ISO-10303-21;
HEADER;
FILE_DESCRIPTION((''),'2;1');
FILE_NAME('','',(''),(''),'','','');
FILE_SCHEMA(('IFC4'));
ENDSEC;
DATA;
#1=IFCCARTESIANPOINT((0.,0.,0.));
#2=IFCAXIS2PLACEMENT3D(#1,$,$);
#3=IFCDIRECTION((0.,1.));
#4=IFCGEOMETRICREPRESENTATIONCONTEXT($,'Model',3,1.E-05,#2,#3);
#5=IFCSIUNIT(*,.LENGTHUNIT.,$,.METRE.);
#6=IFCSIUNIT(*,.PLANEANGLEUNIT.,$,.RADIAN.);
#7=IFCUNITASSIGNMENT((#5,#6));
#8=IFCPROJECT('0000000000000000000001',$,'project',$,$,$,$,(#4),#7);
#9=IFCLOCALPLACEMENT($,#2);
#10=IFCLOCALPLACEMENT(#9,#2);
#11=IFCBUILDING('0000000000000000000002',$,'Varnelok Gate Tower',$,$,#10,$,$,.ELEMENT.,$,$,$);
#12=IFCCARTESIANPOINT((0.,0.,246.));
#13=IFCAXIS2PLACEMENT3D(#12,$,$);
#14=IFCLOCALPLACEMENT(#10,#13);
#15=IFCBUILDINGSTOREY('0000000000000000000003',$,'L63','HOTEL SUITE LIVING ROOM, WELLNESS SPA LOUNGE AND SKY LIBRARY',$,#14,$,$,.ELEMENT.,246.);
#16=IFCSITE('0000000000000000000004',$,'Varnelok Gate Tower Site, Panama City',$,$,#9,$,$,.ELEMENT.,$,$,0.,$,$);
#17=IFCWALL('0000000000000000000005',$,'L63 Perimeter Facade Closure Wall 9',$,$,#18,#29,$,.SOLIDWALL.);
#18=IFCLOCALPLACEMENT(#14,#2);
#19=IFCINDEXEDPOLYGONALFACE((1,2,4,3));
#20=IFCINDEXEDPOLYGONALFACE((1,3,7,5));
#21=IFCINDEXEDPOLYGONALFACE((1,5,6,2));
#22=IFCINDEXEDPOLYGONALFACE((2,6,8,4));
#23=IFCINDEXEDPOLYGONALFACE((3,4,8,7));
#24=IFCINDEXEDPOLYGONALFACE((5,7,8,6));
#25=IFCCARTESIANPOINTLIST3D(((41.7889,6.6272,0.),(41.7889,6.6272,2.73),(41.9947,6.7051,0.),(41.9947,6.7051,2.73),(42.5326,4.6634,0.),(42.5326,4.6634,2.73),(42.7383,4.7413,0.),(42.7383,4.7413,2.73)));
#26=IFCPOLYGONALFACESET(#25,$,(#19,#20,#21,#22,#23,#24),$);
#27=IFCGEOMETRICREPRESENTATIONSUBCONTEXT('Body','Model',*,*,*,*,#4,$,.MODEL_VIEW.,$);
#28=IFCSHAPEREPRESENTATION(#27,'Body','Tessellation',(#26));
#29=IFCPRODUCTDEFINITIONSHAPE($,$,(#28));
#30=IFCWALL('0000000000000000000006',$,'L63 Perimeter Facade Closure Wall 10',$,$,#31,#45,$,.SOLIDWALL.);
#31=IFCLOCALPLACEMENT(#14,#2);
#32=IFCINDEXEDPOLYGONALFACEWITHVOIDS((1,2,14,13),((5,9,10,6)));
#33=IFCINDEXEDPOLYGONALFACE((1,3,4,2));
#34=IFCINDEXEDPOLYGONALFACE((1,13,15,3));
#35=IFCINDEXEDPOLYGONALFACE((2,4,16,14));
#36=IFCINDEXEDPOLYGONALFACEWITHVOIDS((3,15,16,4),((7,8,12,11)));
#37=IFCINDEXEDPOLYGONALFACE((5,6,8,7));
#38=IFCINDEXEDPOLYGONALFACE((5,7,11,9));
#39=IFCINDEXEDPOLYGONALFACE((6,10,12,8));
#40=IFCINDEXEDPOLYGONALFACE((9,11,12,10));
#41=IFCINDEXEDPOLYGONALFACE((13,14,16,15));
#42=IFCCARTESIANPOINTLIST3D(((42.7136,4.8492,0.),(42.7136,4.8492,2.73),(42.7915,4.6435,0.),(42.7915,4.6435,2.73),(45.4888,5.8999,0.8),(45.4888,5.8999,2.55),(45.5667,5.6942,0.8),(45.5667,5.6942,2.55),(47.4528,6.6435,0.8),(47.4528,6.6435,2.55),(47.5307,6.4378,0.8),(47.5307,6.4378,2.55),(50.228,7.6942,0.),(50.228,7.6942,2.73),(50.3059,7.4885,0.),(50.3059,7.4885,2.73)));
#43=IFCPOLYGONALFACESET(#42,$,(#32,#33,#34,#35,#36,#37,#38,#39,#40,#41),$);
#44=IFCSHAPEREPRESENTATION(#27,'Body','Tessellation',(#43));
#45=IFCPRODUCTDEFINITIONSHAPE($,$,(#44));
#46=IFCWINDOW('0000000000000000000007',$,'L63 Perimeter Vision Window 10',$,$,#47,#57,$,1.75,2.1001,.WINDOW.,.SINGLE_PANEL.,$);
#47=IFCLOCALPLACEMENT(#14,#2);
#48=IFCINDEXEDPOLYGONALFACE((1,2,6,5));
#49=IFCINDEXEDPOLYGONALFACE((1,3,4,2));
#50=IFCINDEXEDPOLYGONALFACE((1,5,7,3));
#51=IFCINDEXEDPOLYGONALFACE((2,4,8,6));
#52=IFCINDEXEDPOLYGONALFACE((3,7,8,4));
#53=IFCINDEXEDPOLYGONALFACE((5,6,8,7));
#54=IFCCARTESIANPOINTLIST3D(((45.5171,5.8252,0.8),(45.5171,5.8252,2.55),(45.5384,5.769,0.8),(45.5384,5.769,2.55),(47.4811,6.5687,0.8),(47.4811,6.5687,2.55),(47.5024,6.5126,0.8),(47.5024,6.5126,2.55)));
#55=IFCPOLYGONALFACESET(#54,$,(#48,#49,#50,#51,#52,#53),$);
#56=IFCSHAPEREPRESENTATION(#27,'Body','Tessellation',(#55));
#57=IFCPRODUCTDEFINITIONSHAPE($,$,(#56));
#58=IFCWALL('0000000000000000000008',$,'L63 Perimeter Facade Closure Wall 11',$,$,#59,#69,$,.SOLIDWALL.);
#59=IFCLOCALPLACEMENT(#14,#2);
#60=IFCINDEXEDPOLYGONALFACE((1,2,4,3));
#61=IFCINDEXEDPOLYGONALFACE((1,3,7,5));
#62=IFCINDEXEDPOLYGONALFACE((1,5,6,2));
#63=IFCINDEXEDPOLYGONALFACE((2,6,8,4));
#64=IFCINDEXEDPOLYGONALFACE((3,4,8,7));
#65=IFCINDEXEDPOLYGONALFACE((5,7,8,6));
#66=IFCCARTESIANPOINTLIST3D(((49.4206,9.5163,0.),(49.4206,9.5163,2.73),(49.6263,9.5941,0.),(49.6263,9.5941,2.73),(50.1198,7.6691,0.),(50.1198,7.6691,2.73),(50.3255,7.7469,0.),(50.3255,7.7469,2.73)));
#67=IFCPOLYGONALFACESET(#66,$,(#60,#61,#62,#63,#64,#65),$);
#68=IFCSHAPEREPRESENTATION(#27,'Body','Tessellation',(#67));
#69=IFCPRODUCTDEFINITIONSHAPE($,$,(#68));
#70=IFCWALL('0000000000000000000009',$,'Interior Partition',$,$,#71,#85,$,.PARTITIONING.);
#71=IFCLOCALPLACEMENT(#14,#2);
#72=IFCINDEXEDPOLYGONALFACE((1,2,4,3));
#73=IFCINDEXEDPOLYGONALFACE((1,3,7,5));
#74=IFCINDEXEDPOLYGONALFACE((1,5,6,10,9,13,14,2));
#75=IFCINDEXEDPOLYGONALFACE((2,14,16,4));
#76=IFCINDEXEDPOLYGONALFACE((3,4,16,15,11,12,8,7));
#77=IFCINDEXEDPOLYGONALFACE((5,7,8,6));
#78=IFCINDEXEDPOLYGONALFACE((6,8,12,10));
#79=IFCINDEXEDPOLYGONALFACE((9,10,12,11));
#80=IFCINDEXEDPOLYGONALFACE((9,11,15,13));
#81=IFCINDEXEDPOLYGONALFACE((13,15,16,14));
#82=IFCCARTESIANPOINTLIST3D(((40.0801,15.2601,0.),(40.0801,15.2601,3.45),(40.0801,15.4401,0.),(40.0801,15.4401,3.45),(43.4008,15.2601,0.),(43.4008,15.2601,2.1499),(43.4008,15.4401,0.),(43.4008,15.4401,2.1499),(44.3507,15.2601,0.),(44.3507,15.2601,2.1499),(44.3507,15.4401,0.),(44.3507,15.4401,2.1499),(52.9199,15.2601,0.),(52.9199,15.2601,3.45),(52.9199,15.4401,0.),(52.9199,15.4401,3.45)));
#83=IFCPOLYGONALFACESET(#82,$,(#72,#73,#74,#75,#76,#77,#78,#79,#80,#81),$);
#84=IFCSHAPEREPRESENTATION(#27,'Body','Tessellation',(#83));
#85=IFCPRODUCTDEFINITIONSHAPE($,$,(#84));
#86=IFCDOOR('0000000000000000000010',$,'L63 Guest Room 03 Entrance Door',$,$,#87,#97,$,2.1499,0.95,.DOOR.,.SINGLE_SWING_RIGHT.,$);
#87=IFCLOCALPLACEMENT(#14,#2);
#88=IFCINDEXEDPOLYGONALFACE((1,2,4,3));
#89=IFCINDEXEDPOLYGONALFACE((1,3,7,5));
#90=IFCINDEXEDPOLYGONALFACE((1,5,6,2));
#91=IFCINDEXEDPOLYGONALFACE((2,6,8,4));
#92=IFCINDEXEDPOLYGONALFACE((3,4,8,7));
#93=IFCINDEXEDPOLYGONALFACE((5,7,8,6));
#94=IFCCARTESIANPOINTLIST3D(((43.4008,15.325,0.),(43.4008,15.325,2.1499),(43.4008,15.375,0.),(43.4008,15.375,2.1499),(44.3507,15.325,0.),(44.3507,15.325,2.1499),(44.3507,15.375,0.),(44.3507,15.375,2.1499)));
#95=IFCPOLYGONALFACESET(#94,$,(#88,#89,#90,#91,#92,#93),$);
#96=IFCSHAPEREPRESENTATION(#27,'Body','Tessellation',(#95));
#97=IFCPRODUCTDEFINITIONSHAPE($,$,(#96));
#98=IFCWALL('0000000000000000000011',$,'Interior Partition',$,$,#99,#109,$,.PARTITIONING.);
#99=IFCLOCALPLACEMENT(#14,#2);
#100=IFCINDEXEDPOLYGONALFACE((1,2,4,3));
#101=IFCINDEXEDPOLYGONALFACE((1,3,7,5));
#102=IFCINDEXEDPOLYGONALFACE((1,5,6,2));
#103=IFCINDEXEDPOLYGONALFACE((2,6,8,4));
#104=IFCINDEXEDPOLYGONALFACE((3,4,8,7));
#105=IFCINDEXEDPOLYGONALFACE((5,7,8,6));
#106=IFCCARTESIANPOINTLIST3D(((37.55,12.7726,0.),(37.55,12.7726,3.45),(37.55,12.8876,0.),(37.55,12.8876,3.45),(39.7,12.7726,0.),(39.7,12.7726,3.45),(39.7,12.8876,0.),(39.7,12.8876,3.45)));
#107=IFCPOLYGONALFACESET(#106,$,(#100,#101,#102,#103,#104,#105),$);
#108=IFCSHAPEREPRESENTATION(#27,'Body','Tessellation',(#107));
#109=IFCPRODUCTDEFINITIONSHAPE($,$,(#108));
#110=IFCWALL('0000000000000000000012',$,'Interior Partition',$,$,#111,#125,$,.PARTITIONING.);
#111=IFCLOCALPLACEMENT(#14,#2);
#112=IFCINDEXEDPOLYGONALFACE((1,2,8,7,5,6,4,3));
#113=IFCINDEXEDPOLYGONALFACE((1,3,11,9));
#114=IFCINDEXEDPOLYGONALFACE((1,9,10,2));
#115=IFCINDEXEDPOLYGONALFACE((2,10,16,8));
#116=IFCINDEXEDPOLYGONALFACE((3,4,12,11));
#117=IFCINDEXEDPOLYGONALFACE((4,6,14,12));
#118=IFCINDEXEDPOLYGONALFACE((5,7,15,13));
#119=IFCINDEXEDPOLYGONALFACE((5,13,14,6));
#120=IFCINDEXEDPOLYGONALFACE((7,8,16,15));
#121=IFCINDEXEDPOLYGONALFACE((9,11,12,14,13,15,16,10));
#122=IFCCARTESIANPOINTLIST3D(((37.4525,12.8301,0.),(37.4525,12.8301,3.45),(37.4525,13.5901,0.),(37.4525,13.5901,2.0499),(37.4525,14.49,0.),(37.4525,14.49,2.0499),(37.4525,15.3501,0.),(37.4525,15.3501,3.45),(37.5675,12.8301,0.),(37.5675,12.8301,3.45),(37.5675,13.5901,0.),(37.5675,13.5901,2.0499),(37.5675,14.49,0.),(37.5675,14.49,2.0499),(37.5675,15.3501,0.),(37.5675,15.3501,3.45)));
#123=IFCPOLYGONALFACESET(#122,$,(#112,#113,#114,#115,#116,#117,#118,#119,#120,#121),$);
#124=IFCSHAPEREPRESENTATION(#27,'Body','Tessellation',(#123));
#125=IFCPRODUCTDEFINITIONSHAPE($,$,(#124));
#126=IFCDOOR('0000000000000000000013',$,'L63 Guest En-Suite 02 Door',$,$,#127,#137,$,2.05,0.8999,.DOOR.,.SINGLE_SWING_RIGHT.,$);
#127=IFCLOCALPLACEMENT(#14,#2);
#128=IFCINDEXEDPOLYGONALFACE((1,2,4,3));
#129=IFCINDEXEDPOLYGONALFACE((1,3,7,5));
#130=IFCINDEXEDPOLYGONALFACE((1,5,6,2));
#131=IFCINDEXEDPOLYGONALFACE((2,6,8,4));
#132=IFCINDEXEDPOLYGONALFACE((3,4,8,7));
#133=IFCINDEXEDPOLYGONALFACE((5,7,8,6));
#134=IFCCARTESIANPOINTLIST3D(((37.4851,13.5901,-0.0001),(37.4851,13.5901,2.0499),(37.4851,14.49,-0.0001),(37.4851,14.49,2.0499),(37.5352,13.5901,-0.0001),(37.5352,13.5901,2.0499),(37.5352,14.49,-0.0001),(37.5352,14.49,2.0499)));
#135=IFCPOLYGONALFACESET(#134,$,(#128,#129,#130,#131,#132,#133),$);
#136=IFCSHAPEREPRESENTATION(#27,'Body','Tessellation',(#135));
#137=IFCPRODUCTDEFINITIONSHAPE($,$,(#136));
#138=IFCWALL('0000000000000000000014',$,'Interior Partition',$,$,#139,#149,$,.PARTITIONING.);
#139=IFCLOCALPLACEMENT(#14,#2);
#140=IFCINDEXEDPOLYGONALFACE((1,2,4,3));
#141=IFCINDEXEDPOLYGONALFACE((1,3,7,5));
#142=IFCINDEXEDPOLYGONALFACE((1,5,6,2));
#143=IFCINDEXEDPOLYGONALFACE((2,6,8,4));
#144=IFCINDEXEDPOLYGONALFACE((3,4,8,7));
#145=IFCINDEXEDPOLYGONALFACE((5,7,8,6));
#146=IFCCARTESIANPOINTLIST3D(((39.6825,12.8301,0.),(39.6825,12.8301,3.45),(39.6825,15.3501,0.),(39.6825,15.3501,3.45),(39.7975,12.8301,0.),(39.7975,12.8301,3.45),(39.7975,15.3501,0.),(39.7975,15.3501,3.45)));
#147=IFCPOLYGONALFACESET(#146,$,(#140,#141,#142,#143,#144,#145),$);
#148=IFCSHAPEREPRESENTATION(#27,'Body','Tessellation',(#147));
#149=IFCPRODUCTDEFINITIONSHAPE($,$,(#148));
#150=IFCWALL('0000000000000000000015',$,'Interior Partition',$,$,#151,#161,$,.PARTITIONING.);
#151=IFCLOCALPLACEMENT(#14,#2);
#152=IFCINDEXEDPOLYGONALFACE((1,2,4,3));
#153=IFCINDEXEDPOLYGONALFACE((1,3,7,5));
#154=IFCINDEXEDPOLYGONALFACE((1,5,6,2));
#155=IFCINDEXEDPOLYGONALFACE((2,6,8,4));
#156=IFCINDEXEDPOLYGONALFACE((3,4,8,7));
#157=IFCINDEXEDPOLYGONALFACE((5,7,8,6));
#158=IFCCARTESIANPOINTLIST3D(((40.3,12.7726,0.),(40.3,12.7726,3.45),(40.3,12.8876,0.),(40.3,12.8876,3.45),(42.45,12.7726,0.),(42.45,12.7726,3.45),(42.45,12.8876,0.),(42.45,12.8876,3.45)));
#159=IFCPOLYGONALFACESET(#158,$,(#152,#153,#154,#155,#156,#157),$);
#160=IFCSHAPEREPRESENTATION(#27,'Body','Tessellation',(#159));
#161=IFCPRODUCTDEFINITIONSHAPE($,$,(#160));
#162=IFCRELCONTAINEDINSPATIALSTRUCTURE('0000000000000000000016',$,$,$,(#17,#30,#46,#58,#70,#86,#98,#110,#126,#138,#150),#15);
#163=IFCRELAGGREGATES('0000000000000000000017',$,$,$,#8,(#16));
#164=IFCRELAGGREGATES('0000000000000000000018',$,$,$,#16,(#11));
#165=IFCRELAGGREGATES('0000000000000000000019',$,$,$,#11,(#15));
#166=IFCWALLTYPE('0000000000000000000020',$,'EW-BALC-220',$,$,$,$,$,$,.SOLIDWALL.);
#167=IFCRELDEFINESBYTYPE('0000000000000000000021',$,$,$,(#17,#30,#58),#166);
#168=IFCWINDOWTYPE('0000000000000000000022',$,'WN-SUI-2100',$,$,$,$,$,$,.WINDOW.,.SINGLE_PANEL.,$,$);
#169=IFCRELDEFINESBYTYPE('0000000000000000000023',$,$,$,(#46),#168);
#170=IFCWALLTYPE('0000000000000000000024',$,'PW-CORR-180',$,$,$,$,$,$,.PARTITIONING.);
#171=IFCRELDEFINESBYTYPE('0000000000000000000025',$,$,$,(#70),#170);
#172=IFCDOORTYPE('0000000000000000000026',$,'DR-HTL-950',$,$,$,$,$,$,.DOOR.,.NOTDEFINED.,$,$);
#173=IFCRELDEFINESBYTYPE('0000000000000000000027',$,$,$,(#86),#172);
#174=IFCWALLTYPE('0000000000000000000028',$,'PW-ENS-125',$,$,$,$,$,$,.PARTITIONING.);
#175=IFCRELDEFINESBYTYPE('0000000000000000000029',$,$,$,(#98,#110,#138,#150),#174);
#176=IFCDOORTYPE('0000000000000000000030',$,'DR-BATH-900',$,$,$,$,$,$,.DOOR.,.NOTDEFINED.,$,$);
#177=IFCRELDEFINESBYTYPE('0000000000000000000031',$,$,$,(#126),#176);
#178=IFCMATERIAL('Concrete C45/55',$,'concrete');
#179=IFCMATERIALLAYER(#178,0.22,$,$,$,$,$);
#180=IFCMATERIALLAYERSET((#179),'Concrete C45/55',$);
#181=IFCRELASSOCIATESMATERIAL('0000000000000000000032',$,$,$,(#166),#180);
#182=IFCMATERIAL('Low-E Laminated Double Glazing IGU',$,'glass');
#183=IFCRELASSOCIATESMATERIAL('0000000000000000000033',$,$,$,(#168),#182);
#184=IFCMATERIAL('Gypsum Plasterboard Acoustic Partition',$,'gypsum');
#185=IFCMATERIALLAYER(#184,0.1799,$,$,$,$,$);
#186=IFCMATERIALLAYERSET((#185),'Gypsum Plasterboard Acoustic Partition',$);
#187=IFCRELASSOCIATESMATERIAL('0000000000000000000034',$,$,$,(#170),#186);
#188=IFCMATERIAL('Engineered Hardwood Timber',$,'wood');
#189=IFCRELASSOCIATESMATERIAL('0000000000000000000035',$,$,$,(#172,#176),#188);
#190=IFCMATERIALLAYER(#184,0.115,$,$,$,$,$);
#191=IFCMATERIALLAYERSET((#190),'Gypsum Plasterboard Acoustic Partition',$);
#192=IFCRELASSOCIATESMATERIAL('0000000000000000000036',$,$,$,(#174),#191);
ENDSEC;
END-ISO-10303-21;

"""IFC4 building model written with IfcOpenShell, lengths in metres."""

from ifc_helpers import new_model, si_unit, direction, frame, frame_2d, origin, place, context, subcontext, project, spatial, rectangle, extrude, material, layer, layer_set, type_object, element, fill, save


model = new_model("IFC4")

# Units and contexts
model_context = context("Model", 3, precision=1e-05, world=origin(), true_north=direction((0.0, 1.0)))
body_context = subcontext(model_context, "Body", "Model", "MODEL_VIEW")
ifc_project = project(units=[si_unit("LENGTHUNIT", "METRE"), si_unit("PLANEANGLEUNIT", "RADIAN")], contexts=[model_context])

# Site, building, storey
site_placement = place(None, origin())
site = spatial("IfcSite", under=ifc_project, at=site_placement, Name="Varnelok Gate Tower Site, Panama City", CompositionType="ELEMENT", RefElevation=0.0)
building_placement = place(site_placement, origin())
building = spatial("IfcBuilding", under=site, at=building_placement, Name="Varnelok Gate Tower", CompositionType="ELEMENT")
storey_placement = place(building_placement, frame((0.0, 0.0, 246.0)))
storey = spatial("IfcBuildingStorey", under=building, at=storey_placement, Name="L63", Description="HOTEL SUITE LIVING ROOM, WELLNESS SPA LOUNGE AND SKY LIBRARY", CompositionType="ELEMENT", Elevation=246.0)

# Shared definitions
ifc_material_1 = material(Name="Concrete C45/55", Category="concrete")
ifc_layer_1 = layer(ifc_material_1, 0.22)
ifc_layer_set_1 = layer_set([ifc_layer_1], Name="Concrete C45/55")
wall_type_1 = type_object("IfcWallType", Name="EW-BALC-220", PredefinedType="SOLIDWALL", material=ifc_layer_set_1)

# Wall
wall_1_placement = place(storey_placement, frame((41.8918, 6.666, 0.0), z_axis=(0.0, 0.0, 1.0), x_axis=(0.354128, -0.935197, 0.0)))
element("IfcWall", 1, at=wall_1_placement, inside=storey, type_object=wall_type_1, Name="L63 Perimeter Facade Closure Wall 9", PredefinedType="SOLIDWALL", context=body_context, shape_type="SweptSolid", body=[
    extrude(rectangle(XDim=2.0999, YDim=0.22, at=frame_2d((1.0498, 0.0))), origin(), (0.0, 0.0, 1.0), 2.73),
])

# Wall, opening, window
wall_2_placement = place(storey_placement, frame((42.7524, 4.7463, 0.0), z_axis=(0.0, 0.0, 1.0), x_axis=(0.935217, 0.354075, 0.0)))
wall_2 = element("IfcWall", 2, at=wall_2_placement, inside=storey, type_object=wall_type_1, Name="L63 Perimeter Facade Closure Wall 10", PredefinedType="SOLIDWALL", context=body_context, shape_type="SweptSolid", body=[
    extrude(rectangle(XDim=8.0349, YDim=0.22, at=frame_2d((4.0176, 0.0))), origin(), (0.0, 0.0, 1.0), 2.73),
])
opening_1_placement = place(wall_2_placement, frame((2.9675, 0.0, 0.8)))
opening_1 = element("IfcOpeningElement", 3, at=opening_1_placement, cuts=wall_2, PredefinedType="OPENING", context=body_context, shape_type="SweptSolid", body=[
    extrude(rectangle(XDim=2.1001, YDim=1.75, at=frame_2d((1.05, 0.875))), frame((0.0, 0.1199, 0.0), z_axis=(0.0, -1.0, 0.0), x_axis=(1.0, 0.0, 0.0)), (0.0, 0.0, 1.0), 0.24),
])
ifc_material_2 = material(Name="Low-E Laminated Double Glazing IGU", Category="glass")
window_type = type_object("IfcWindowType", Name="WN-SUI-2100", PartitioningType="SINGLE_PANEL", PredefinedType="WINDOW", material=ifc_material_2)
window_placement = place(opening_1_placement, origin())
window = element("IfcWindow", 4, at=window_placement, inside=storey, type_object=window_type, Name="L63 Perimeter Vision Window 10", OverallHeight=1.75, OverallWidth=2.1001, PartitioningType="SINGLE_PANEL", PredefinedType="WINDOW", context=body_context, shape_type="SweptSolid", body=[
    extrude(rectangle(XDim=2.1001, YDim=1.75, at=frame_2d((1.05, 0.875))), frame((0.0, 0.03, 0.0), z_axis=(0.0, -1.0, 0.0), x_axis=(1.0, 0.0, 0.0)), (0.0, 0.0, 1.0), 0.0601),
])
fill(opening_1, window)

# Wall
wall_3_placement = place(storey_placement, frame((50.2227, 7.708, 0.0), z_axis=(0.0, 0.0, 1.0), x_axis=(-0.354021, 0.935238, 0.0)))
element("IfcWall", 5, at=wall_3_placement, inside=storey, type_object=wall_type_1, Name="L63 Perimeter Facade Closure Wall 11", PredefinedType="SOLIDWALL", context=body_context, shape_type="SweptSolid", body=[
    extrude(rectangle(XDim=1.9751, YDim=0.22, at=frame_2d((0.9875, 0.0))), origin(), (0.0, 0.0, 1.0), 2.73),
])

# Wall, opening, door
ifc_material_3 = material(Name="Gypsum Plasterboard Acoustic Partition", Category="gypsum")
ifc_layer_2 = layer(ifc_material_3, 0.1799)
ifc_layer_set_2 = layer_set([ifc_layer_2], Name="Gypsum Plasterboard Acoustic Partition")
wall_type_2 = type_object("IfcWallType", Name="PW-CORR-180", PredefinedType="PARTITIONING", material=ifc_layer_set_2)
wall_4_placement = place(storey_placement, frame((40.0801, 15.3501, 0.0), z_axis=(0.0, 0.0, 1.0), x_axis=(1.0, 0.0, 0.0)))
wall_4 = element("IfcWall", 6, at=wall_4_placement, inside=storey, type_object=wall_type_2, Name="Interior Partition", PredefinedType="PARTITIONING", context=body_context, shape_type="SweptSolid", body=[
    extrude(rectangle(XDim=12.8398, YDim=0.1799, at=frame_2d((6.4199, 0.0))), origin(), (0.0, 0.0, 1.0), 3.45),
])
opening_2_placement = place(wall_4_placement, frame((3.3206, 0.0, 0.0)))
opening_2 = element("IfcOpeningElement", 7, at=opening_2_placement, cuts=wall_4, PredefinedType="OPENING", context=body_context, shape_type="SweptSolid", body=[
    extrude(rectangle(XDim=0.95, YDim=2.1499, at=frame_2d((0.4751, 1.075))), frame((0.0, 0.0999, 0.0), z_axis=(0.0, -1.0, 0.0), x_axis=(1.0, 0.0, 0.0)), (0.0, 0.0, 1.0), 0.2),
])
ifc_material_4 = material(Name="Engineered Hardwood Timber", Category="wood")
door_type_1 = type_object("IfcDoorType", Name="DR-HTL-950", OperationType="NOTDEFINED", PredefinedType="DOOR", material=ifc_material_4)
door_1_placement = place(opening_2_placement, origin())
door_1 = element("IfcDoor", 8, at=door_1_placement, inside=storey, type_object=door_type_1, Name="L63 Guest Room 03 Entrance Door", OperationType="SINGLE_SWING_RIGHT", OverallHeight=2.1499, OverallWidth=0.95, PredefinedType="DOOR", context=body_context, shape_type="SweptSolid", body=[
    extrude(rectangle(XDim=0.95, YDim=2.1499, at=frame_2d((0.4751, 1.075))), frame((0.0, 0.0249, 0.0), z_axis=(0.0, -1.0, 0.0), x_axis=(1.0, 0.0, 0.0)), (0.0, 0.0, 1.0), 0.05),
])
fill(opening_2, door_1)

# Wall
ifc_layer_3 = layer(ifc_material_3, 0.115)
ifc_layer_set_3 = layer_set([ifc_layer_3], Name="Gypsum Plasterboard Acoustic Partition")
wall_type_3 = type_object("IfcWallType", Name="PW-ENS-125", PredefinedType="PARTITIONING", material=ifc_layer_set_3)
wall_5_placement = place(storey_placement, frame((37.55, 12.8301, 0.0), z_axis=(0.0, 0.0, 1.0), x_axis=(1.0, 0.0, 0.0)))
element("IfcWall", 9, at=wall_5_placement, inside=storey, type_object=wall_type_3, Name="Interior Partition", PredefinedType="PARTITIONING", context=body_context, shape_type="SweptSolid", body=[
    extrude(rectangle(XDim=2.1499, YDim=0.115, at=frame_2d((1.075, 0.0))), origin(), (0.0, 0.0, 1.0), 3.45),
])

# Wall, opening, door
wall_6_placement = place(storey_placement, frame((37.51, 12.8301, 0.0), z_axis=(0.0, 0.0, 1.0), x_axis=(0.0, 1.0, 0.0)))
wall_6 = element("IfcWall", 10, at=wall_6_placement, inside=storey, type_object=wall_type_3, Name="Interior Partition", PredefinedType="PARTITIONING", context=body_context, shape_type="SweptSolid", body=[
    extrude(rectangle(XDim=2.52, YDim=0.115, at=frame_2d((1.26, 0.0))), origin(), (0.0, 0.0, 1.0), 3.45),
])
opening_3_placement = place(wall_6_placement, frame((0.76, 0.0, 0.0)))
opening_3 = element("IfcOpeningElement", 11, at=opening_3_placement, cuts=wall_6, PredefinedType="OPENING", context=body_context, shape_type="SweptSolid", body=[
    extrude(rectangle(XDim=0.8999, YDim=2.05, at=frame_2d((0.45, 1.0249))), frame((0.0, 0.0674, 0.0), z_axis=(0.0, -1.0, 0.0), x_axis=(1.0, 0.0, 0.0)), (0.0, 0.0, 1.0), 0.135),
])
door_type_2 = type_object("IfcDoorType", Name="DR-BATH-900", OperationType="NOTDEFINED", PredefinedType="DOOR", material=ifc_material_4)
door_2_placement = place(opening_3_placement, origin())
door_2 = element("IfcDoor", 12, at=door_2_placement, inside=storey, type_object=door_type_2, Name="L63 Guest En-Suite 02 Door", OperationType="SINGLE_SWING_RIGHT", OverallHeight=2.05, OverallWidth=0.8999, PredefinedType="DOOR", context=body_context, shape_type="SweptSolid", body=[
    extrude(rectangle(XDim=0.8999, YDim=2.05, at=frame_2d((0.45, 1.0249))), frame((0.0, 0.0249, 0.0), z_axis=(0.0, -1.0, 0.0), x_axis=(1.0, 0.0, 0.0)), (0.0, 0.0, 1.0), 0.05),
])
fill(opening_3, door_2)

# Walls
wall_7_placement = place(storey_placement, frame((39.74, 12.8301, 0.0), z_axis=(0.0, 0.0, 1.0), x_axis=(0.0, 1.0, 0.0)))
element("IfcWall", 13, at=wall_7_placement, inside=storey, type_object=wall_type_3, Name="Interior Partition", PredefinedType="PARTITIONING", context=body_context, shape_type="SweptSolid", body=[
    extrude(rectangle(XDim=2.52, YDim=0.115, at=frame_2d((1.26, 0.0))), origin(), (0.0, 0.0, 1.0), 3.45),
])
wall_8_placement = place(storey_placement, frame((40.3, 12.8301, 0.0), z_axis=(0.0, 0.0, 1.0), x_axis=(1.0, 0.0, 0.0)))
element("IfcWall", 14, at=wall_8_placement, inside=storey, type_object=wall_type_3, Name="Interior Partition", PredefinedType="PARTITIONING", context=body_context, shape_type="SweptSolid", body=[
    extrude(rectangle(XDim=2.1499, YDim=0.115, at=frame_2d((1.075, 0.0))), origin(), (0.0, 0.0, 1.0), 3.45),
])

save(model, "model.ifc")
